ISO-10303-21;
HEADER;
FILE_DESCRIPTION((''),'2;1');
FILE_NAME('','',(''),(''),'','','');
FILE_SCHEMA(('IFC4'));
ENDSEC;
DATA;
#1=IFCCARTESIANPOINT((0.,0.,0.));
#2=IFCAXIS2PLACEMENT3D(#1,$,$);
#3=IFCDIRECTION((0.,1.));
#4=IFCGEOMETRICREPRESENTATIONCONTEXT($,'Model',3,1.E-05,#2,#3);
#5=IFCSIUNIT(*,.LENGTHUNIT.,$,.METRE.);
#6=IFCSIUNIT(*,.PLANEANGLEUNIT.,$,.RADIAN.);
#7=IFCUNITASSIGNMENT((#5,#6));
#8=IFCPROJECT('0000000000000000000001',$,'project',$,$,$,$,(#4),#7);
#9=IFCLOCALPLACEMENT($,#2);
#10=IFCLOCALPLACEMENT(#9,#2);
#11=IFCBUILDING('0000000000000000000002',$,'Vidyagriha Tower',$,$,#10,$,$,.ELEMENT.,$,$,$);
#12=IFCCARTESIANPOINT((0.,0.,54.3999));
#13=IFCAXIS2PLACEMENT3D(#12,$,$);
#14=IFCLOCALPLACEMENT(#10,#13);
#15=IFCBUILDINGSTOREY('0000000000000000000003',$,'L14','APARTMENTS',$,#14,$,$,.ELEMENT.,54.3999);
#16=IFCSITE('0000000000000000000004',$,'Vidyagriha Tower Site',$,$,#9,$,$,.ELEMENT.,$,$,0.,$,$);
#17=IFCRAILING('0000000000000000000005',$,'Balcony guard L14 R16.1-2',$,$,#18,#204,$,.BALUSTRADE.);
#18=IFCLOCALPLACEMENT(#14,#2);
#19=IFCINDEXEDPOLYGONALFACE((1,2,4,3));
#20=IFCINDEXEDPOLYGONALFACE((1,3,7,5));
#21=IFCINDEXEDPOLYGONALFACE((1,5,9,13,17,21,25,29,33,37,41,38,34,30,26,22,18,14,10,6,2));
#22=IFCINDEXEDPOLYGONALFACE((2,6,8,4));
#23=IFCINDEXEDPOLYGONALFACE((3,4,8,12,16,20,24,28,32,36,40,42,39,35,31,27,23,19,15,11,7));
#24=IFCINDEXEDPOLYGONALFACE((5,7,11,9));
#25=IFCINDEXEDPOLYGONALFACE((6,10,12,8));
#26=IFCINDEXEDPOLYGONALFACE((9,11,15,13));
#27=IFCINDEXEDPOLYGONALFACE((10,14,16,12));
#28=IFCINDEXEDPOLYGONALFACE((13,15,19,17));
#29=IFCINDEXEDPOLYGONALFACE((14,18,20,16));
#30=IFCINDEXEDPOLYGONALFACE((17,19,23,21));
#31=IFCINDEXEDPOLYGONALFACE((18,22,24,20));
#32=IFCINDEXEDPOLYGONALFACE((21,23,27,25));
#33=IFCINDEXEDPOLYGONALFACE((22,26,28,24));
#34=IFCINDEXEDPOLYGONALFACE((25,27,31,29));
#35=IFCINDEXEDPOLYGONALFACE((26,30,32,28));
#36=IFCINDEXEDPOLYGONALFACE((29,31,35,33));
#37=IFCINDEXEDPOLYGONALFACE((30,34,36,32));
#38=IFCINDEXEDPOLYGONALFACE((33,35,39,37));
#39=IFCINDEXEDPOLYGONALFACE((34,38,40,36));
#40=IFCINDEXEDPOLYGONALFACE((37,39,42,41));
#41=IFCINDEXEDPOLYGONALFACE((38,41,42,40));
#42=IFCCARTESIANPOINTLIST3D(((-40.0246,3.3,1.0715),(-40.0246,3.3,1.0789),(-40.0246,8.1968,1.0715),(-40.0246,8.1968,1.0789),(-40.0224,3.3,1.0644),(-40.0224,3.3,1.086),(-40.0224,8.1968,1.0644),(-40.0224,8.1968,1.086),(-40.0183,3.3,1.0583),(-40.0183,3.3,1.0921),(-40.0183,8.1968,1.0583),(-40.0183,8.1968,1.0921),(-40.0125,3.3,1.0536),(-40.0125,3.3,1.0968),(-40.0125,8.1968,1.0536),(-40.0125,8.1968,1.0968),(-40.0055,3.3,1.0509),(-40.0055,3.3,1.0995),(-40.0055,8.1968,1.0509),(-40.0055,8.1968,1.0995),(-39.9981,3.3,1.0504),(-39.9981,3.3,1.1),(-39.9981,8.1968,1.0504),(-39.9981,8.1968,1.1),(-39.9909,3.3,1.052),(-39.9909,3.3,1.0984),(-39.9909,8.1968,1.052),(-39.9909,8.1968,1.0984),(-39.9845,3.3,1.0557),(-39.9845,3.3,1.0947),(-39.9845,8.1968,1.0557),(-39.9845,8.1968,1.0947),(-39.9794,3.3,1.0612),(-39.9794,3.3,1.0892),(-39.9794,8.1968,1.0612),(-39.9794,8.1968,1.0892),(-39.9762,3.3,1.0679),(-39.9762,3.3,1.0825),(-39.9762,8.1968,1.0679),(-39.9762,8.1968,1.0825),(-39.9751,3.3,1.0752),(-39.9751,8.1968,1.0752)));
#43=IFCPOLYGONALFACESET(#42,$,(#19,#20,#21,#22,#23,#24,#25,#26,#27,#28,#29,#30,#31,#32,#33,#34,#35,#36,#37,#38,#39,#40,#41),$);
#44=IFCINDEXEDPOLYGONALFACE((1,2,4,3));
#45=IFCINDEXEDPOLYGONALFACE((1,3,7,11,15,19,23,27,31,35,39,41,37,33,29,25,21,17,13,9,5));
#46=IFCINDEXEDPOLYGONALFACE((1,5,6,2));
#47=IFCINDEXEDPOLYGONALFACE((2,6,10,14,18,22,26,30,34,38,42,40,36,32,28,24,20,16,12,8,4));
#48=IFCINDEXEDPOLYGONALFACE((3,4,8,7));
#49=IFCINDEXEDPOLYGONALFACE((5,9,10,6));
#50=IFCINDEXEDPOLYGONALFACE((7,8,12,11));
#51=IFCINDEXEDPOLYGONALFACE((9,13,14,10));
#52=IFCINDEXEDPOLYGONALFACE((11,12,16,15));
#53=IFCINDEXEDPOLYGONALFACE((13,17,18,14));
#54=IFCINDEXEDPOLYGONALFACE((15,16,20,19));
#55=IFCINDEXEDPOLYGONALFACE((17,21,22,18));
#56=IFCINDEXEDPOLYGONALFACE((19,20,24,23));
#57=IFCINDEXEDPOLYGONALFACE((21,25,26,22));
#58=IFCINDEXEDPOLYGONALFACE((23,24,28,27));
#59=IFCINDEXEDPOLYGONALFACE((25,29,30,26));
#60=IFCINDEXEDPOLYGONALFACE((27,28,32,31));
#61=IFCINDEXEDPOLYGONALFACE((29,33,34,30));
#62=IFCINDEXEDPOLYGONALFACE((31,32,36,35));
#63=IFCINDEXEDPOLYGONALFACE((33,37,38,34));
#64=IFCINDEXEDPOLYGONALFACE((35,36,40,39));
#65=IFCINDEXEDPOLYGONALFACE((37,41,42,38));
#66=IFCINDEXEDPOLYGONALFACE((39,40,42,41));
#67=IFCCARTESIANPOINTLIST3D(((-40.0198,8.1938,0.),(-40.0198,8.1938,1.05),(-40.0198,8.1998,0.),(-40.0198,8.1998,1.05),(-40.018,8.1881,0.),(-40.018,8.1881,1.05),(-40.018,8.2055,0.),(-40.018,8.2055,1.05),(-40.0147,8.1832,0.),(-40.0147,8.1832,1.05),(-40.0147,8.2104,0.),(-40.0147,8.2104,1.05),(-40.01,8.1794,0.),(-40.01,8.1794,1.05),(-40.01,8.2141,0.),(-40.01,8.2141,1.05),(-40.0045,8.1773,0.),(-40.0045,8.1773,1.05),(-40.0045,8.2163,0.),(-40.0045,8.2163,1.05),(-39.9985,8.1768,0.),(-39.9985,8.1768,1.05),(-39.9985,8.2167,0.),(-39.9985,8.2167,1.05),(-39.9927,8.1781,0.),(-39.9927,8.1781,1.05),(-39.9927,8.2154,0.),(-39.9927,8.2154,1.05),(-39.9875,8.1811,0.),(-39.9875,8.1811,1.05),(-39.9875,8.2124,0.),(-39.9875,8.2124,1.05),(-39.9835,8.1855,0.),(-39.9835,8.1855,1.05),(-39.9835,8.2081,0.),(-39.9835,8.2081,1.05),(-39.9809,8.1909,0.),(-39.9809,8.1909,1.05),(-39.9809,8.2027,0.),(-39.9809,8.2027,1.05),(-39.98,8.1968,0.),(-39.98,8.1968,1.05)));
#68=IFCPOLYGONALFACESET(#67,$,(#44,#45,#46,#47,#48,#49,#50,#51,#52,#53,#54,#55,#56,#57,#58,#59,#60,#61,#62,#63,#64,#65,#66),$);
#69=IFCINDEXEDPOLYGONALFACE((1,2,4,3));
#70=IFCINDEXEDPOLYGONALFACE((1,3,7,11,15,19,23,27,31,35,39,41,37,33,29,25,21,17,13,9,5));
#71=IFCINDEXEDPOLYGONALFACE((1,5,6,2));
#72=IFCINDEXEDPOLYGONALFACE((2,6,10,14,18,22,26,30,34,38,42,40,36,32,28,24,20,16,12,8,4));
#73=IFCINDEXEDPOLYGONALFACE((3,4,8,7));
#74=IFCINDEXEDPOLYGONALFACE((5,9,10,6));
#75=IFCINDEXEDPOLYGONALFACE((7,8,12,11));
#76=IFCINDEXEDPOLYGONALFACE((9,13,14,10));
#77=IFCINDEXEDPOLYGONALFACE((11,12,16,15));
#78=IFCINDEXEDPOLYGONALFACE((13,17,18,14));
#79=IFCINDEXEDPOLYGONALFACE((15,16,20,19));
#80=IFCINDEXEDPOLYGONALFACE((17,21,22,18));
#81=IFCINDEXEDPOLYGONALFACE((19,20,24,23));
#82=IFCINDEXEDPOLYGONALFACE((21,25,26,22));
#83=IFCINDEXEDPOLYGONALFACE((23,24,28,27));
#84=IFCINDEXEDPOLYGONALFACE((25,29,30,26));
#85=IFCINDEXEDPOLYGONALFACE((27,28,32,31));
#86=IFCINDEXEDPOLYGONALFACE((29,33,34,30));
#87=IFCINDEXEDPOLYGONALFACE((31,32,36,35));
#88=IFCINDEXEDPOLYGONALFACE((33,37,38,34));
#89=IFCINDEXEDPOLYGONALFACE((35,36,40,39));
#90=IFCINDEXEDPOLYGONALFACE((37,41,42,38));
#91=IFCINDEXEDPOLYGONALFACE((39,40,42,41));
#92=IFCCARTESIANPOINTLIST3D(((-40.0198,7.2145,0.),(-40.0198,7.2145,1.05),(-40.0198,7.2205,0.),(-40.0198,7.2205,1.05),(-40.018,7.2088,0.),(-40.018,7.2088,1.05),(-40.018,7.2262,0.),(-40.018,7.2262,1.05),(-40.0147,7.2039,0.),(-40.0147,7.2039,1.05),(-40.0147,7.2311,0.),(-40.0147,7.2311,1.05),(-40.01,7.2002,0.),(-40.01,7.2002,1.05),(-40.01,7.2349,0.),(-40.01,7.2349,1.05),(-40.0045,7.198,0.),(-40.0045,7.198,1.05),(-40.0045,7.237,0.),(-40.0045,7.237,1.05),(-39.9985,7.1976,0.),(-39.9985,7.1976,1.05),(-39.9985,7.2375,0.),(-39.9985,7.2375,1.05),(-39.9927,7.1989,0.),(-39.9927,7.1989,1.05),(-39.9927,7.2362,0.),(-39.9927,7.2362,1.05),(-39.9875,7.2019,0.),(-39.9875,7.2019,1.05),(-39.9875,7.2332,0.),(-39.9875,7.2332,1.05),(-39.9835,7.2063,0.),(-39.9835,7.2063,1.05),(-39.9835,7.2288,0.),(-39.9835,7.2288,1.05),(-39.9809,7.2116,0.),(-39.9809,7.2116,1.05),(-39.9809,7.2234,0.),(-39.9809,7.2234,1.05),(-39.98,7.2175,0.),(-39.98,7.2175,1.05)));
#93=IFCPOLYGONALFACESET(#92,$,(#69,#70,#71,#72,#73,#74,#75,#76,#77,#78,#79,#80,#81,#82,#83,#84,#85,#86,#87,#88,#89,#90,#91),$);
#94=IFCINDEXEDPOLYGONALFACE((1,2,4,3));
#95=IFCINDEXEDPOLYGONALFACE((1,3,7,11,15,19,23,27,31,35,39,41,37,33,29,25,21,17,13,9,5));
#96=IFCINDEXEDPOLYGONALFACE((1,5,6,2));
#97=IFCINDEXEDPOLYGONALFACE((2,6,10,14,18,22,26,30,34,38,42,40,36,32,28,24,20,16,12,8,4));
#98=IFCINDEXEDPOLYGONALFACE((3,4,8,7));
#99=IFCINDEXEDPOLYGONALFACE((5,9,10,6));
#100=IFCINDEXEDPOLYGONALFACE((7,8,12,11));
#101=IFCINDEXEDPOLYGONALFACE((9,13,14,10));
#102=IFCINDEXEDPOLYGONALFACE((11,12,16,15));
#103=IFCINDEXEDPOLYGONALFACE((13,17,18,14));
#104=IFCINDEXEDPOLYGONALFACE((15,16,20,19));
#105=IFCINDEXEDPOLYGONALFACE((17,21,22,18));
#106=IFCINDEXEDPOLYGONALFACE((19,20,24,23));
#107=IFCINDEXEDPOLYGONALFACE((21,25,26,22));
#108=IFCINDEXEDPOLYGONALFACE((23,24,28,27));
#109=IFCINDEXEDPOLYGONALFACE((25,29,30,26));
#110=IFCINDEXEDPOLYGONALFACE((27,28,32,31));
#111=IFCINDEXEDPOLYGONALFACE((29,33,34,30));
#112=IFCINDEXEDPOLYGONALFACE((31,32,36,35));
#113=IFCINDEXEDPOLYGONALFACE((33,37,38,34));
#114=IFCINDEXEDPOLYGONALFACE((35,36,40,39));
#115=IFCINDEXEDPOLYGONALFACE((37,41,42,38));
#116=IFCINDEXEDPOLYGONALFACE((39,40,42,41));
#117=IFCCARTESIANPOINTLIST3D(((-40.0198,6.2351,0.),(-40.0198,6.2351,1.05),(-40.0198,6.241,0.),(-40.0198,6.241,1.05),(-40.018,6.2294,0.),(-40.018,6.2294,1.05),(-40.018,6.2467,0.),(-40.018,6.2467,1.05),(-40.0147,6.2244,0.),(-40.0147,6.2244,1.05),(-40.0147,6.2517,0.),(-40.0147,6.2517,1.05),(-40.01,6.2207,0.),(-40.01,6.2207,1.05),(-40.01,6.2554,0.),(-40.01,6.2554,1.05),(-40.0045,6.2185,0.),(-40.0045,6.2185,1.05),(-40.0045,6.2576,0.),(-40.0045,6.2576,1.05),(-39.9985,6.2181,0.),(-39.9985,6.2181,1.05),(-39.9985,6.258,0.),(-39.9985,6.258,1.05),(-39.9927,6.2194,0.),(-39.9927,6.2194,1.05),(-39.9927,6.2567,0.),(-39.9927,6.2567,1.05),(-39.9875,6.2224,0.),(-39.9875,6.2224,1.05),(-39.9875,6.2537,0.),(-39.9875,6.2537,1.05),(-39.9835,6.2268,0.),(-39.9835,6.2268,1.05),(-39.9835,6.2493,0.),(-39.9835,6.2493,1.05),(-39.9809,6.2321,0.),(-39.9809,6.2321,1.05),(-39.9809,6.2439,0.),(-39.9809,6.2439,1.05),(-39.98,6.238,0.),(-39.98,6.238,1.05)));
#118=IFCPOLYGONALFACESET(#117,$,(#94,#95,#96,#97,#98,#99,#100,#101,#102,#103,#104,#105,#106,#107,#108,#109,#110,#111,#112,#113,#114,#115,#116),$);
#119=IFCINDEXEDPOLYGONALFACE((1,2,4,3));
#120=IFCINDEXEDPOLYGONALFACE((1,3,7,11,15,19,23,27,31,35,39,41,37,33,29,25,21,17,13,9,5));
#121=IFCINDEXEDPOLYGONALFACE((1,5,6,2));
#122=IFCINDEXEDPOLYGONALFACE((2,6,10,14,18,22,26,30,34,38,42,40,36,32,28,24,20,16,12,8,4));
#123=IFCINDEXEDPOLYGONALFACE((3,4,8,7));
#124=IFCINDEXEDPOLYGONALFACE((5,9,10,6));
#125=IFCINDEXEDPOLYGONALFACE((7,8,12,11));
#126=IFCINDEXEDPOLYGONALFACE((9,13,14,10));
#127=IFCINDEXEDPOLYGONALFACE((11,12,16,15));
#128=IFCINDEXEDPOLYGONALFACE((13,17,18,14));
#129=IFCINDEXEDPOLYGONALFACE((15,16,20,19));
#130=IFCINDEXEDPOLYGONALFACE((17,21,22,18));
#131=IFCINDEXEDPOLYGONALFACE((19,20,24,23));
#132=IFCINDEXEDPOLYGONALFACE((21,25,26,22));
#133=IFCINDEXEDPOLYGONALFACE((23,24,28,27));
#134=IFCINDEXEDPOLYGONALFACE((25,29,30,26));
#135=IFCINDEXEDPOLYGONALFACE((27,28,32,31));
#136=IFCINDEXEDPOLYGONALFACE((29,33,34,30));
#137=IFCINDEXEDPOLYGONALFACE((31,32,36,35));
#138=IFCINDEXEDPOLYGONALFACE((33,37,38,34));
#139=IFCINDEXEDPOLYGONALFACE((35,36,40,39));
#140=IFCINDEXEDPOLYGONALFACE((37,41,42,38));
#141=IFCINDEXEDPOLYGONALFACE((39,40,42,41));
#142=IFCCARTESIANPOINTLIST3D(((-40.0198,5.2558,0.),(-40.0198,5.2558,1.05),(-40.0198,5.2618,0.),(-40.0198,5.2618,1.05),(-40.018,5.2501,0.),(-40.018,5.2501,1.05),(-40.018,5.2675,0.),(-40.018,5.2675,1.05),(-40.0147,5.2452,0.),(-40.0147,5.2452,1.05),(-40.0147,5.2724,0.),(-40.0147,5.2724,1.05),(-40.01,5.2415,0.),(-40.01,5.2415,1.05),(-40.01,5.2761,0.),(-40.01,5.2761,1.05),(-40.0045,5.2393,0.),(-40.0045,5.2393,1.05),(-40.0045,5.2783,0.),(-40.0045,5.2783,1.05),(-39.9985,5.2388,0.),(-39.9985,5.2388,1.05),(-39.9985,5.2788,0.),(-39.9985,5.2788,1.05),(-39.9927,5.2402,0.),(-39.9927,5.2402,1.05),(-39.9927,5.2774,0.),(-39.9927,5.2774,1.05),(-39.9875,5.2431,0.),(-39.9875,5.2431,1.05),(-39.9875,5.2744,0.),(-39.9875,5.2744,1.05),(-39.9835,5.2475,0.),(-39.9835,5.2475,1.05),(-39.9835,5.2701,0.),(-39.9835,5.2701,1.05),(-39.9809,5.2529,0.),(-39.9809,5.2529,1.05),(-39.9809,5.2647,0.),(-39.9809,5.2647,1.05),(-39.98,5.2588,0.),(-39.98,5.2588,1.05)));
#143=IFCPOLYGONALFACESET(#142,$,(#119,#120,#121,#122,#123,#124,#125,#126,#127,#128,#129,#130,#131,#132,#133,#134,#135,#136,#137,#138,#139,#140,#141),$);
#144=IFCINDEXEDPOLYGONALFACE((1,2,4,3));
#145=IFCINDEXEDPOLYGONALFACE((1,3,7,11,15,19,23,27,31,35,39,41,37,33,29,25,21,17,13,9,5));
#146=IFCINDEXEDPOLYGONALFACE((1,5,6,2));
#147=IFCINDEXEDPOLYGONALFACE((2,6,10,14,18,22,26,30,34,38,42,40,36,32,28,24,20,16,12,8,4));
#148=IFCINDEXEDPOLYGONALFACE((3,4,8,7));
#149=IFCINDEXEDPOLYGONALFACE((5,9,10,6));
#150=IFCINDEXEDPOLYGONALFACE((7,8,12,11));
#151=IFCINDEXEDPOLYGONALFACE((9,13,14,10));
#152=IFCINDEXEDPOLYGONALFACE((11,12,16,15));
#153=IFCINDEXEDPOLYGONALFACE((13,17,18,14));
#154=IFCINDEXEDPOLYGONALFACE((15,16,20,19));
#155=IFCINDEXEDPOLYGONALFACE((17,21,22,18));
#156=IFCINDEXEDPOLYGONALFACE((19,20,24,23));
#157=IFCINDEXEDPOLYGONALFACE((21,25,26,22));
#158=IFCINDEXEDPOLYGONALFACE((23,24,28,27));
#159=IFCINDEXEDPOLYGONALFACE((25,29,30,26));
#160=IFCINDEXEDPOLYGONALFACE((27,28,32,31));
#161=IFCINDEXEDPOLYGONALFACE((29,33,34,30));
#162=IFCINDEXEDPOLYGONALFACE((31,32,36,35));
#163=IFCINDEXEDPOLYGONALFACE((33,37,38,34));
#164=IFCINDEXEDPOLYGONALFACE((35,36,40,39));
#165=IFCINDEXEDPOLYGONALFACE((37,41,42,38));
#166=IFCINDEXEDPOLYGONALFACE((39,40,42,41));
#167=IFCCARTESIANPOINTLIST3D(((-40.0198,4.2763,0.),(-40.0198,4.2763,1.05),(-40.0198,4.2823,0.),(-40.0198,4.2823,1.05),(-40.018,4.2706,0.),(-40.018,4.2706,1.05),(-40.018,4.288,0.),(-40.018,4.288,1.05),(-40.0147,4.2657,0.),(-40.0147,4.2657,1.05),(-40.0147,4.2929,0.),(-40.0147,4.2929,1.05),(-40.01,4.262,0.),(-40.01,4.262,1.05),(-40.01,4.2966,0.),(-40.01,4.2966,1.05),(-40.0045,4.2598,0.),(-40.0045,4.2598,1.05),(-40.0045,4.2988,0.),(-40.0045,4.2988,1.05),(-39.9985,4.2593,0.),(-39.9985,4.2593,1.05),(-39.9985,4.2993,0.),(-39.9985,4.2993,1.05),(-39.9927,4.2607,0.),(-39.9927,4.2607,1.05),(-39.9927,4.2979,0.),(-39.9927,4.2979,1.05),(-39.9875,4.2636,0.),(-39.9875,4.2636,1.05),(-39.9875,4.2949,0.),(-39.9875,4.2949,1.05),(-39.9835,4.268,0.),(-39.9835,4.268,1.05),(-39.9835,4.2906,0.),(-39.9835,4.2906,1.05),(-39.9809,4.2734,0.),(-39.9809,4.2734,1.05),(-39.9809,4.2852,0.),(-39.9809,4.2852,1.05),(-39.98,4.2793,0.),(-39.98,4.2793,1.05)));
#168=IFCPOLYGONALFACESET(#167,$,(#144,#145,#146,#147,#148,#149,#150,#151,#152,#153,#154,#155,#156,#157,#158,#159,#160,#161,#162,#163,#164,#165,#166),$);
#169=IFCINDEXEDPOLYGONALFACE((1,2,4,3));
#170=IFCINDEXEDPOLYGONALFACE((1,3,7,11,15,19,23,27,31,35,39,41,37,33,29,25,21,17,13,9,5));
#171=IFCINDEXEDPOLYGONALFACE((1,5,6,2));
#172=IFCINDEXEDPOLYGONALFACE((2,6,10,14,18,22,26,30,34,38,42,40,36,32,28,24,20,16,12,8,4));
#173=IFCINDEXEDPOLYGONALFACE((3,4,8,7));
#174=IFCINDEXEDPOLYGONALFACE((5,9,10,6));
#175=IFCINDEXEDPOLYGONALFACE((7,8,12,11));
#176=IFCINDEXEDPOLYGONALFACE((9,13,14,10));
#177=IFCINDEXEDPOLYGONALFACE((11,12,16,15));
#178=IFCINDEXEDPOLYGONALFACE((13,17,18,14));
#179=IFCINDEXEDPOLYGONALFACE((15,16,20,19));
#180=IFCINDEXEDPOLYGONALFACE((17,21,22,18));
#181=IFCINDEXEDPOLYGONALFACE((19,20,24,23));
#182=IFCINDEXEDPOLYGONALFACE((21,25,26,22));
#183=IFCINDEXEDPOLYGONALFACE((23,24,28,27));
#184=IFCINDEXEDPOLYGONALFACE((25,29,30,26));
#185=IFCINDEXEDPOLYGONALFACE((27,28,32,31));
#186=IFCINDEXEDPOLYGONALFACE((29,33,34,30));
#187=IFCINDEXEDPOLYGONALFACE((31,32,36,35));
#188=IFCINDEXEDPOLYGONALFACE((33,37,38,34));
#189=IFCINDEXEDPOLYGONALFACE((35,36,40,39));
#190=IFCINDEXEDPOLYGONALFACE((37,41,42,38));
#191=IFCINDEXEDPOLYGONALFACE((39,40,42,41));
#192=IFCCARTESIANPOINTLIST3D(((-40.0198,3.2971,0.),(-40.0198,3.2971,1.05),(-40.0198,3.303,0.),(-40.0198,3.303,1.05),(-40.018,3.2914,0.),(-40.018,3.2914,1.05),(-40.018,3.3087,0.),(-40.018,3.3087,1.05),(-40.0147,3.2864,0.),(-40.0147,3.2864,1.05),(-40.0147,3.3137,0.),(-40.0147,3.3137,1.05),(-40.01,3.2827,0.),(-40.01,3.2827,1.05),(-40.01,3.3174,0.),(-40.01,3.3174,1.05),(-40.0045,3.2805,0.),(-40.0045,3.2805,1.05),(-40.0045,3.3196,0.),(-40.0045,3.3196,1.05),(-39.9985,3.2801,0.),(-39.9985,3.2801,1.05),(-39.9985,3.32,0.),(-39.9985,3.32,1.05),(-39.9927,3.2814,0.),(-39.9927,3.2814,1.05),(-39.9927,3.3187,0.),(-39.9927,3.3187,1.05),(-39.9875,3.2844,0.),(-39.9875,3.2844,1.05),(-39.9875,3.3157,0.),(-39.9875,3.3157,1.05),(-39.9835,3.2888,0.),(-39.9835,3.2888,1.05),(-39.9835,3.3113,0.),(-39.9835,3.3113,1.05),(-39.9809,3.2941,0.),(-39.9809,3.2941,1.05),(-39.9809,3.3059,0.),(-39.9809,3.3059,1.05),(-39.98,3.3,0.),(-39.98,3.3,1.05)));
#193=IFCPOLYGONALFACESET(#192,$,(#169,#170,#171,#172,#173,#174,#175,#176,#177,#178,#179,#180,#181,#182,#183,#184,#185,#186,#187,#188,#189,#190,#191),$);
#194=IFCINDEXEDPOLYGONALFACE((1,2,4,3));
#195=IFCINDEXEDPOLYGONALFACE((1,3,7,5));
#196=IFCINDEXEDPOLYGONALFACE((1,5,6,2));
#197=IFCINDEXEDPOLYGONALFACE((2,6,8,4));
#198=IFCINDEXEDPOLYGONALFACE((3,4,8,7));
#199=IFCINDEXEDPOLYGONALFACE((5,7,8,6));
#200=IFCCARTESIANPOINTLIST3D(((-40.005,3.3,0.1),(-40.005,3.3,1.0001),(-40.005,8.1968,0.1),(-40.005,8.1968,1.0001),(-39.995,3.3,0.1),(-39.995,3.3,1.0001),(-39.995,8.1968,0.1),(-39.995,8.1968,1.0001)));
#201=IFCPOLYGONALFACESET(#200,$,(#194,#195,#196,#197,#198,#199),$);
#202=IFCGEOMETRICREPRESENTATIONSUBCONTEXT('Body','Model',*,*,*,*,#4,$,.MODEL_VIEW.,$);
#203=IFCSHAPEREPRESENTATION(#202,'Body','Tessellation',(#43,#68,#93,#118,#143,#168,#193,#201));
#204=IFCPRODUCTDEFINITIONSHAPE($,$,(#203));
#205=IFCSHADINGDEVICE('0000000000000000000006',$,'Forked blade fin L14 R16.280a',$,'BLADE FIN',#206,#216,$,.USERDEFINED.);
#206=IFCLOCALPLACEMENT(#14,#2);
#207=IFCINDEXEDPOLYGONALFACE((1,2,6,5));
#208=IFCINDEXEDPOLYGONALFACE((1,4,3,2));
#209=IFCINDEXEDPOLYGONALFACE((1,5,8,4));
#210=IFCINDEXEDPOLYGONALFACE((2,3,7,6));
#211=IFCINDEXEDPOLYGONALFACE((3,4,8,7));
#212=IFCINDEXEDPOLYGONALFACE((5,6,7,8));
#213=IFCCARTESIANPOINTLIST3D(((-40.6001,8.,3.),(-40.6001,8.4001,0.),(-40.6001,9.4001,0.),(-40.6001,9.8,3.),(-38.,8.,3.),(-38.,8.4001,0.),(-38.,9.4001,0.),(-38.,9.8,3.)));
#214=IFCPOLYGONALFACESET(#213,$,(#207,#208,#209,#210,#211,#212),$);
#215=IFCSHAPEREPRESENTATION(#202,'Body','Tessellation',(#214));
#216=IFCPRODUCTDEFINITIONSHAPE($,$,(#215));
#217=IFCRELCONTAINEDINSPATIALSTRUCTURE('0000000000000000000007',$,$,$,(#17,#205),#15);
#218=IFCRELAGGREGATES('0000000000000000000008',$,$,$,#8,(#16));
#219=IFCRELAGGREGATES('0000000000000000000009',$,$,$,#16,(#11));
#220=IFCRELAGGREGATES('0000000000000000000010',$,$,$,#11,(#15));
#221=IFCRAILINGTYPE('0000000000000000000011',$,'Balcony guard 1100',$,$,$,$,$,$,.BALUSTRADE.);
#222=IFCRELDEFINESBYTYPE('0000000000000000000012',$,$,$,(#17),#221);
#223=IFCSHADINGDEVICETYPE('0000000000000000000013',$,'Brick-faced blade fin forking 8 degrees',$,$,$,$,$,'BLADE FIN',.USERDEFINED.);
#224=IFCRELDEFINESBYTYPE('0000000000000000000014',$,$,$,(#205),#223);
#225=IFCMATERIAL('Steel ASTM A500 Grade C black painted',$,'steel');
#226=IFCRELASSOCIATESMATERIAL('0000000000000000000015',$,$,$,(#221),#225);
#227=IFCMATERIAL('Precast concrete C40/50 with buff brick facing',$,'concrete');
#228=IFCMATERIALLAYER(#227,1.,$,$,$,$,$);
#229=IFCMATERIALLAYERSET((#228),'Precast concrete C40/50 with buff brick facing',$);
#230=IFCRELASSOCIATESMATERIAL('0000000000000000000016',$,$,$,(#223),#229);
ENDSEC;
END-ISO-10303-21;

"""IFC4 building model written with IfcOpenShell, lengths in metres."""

from ifc_helpers import new_model, si_unit, direction, frame, origin, origin_2d, place, context, subcontext, project, spatial, polyline, rectangle, circle, outline, extrude, material, layer, layer_set, type_object, element, save


model = new_model("IFC4")

# Units and contexts
model_context = context("Model", 3, precision=1e-05, world=origin(), true_north=direction((0.0, 1.0)))
body_context = subcontext(model_context, "Body", "Model", "MODEL_VIEW")
ifc_project = project(units=[si_unit("LENGTHUNIT", "METRE"), si_unit("PLANEANGLEUNIT", "RADIAN")], contexts=[model_context])

# Site, building, storey
site_placement = place(None, origin())
site = spatial("IfcSite", under=ifc_project, at=site_placement, Name="Vidyagriha Tower Site", CompositionType="ELEMENT", RefElevation=0.0)
building_placement = place(site_placement, origin())
building = spatial("IfcBuilding", under=site, at=building_placement, Name="Vidyagriha Tower", CompositionType="ELEMENT")
storey_placement = place(building_placement, frame((0.0, 0.0, 54.3999)))
storey = spatial("IfcBuildingStorey", under=building, at=storey_placement, Name="L14", Description="APARTMENTS", CompositionType="ELEMENT", Elevation=54.3999)

# Railing
ifc_material_1 = material(Name="Steel ASTM A500 Grade C black painted", Category="steel")
railing_type_1 = type_object("IfcRailingType", Name="Balcony guard 1100", PredefinedType="BALUSTRADE", material=ifc_material_1)
railing_1_placement = place(storey_placement, frame((-40.0, 8.1968, 0.0)))
element("IfcRailing", 1, at=railing_1_placement, inside=storey, type_object=railing_type_1, Name="Balcony guard L14 R16.1-2", PredefinedType="BALUSTRADE", context=body_context, shape_type="SweptSolid", body=[
    extrude(circle(Radius=0.0249, at=origin_2d()), frame((0.0, 0.0, 1.0752), z_axis=(0.0, -1.0, 0.0), x_axis=(1.0, 0.0, 0.0)), (0.0, 0.0, 1.0), 4.8967),
    extrude(circle(Radius=0.02, at=origin_2d()), origin(), (0.0, 0.0, 1.0), 1.05),
    extrude(circle(Radius=0.02, at=origin_2d()), frame((0.0, -0.9792, 0.0)), (0.0, 0.0, 1.0), 1.05),
    extrude(circle(Radius=0.02, at=origin_2d()), frame((0.0, -1.9587, 0.0)), (0.0, 0.0, 1.0), 1.05),
    extrude(circle(Radius=0.02, at=origin_2d()), frame((0.0, -2.938, 0.0)), (0.0, 0.0, 1.0), 1.05),
    extrude(circle(Radius=0.02, at=origin_2d()), frame((0.0, -3.9175, 0.0)), (0.0, 0.0, 1.0), 1.05),
    extrude(circle(Radius=0.02, at=origin_2d()), frame((0.0, -4.8967, 0.0)), (0.0, 0.0, 1.0), 1.05),
    extrude(rectangle(XDim=0.01, YDim=0.9001, at=origin_2d()), frame((0.0, 0.0, 0.55), z_axis=(0.0, -1.0, 0.0), x_axis=(1.0, 0.0, 0.0)), (0.0, 0.0, 1.0), 4.8967),
])

# Shading device
ifc_material_2 = material(Name="Precast concrete C40/50 with buff brick facing", Category="concrete")
ifc_layer_1 = layer(ifc_material_2, 1.0)
ifc_layer_set_1 = layer_set([ifc_layer_1], Name="Precast concrete C40/50 with buff brick facing")
shading_device_type_1 = type_object("IfcShadingDeviceType", Name="Brick-faced blade fin forking 8 degrees", ElementType="BLADE FIN", PredefinedType="USERDEFINED", material=ifc_layer_set_1)
shading_device_1_placement = place(storey_placement, frame((-39.3, 9.8, 0.0), z_axis=(0.0, 0.0, 1.0), x_axis=(0.0, -1.0, 0.0)))
element("IfcShadingDevice", 2, at=shading_device_1_placement, inside=storey, type_object=shading_device_type_1, Name="Forked blade fin L14 R16.280a", ObjectType="BLADE FIN", PredefinedType="USERDEFINED", context=body_context, shape_type="SweptSolid", body=[
    extrude(outline(polyline([(0.3999, 0.0), (1.3999, 0.0), (1.8, 3.0), (0.0, 3.0), (0.3999, 0.0)])), frame((0.0, 1.3, 0.0), z_axis=(0.0, -1.0, 0.0), x_axis=(1.0, 0.0, 0.0)), (0.0, 0.0, 1.0), 2.6001),
])

save(model, "model.ifc")
